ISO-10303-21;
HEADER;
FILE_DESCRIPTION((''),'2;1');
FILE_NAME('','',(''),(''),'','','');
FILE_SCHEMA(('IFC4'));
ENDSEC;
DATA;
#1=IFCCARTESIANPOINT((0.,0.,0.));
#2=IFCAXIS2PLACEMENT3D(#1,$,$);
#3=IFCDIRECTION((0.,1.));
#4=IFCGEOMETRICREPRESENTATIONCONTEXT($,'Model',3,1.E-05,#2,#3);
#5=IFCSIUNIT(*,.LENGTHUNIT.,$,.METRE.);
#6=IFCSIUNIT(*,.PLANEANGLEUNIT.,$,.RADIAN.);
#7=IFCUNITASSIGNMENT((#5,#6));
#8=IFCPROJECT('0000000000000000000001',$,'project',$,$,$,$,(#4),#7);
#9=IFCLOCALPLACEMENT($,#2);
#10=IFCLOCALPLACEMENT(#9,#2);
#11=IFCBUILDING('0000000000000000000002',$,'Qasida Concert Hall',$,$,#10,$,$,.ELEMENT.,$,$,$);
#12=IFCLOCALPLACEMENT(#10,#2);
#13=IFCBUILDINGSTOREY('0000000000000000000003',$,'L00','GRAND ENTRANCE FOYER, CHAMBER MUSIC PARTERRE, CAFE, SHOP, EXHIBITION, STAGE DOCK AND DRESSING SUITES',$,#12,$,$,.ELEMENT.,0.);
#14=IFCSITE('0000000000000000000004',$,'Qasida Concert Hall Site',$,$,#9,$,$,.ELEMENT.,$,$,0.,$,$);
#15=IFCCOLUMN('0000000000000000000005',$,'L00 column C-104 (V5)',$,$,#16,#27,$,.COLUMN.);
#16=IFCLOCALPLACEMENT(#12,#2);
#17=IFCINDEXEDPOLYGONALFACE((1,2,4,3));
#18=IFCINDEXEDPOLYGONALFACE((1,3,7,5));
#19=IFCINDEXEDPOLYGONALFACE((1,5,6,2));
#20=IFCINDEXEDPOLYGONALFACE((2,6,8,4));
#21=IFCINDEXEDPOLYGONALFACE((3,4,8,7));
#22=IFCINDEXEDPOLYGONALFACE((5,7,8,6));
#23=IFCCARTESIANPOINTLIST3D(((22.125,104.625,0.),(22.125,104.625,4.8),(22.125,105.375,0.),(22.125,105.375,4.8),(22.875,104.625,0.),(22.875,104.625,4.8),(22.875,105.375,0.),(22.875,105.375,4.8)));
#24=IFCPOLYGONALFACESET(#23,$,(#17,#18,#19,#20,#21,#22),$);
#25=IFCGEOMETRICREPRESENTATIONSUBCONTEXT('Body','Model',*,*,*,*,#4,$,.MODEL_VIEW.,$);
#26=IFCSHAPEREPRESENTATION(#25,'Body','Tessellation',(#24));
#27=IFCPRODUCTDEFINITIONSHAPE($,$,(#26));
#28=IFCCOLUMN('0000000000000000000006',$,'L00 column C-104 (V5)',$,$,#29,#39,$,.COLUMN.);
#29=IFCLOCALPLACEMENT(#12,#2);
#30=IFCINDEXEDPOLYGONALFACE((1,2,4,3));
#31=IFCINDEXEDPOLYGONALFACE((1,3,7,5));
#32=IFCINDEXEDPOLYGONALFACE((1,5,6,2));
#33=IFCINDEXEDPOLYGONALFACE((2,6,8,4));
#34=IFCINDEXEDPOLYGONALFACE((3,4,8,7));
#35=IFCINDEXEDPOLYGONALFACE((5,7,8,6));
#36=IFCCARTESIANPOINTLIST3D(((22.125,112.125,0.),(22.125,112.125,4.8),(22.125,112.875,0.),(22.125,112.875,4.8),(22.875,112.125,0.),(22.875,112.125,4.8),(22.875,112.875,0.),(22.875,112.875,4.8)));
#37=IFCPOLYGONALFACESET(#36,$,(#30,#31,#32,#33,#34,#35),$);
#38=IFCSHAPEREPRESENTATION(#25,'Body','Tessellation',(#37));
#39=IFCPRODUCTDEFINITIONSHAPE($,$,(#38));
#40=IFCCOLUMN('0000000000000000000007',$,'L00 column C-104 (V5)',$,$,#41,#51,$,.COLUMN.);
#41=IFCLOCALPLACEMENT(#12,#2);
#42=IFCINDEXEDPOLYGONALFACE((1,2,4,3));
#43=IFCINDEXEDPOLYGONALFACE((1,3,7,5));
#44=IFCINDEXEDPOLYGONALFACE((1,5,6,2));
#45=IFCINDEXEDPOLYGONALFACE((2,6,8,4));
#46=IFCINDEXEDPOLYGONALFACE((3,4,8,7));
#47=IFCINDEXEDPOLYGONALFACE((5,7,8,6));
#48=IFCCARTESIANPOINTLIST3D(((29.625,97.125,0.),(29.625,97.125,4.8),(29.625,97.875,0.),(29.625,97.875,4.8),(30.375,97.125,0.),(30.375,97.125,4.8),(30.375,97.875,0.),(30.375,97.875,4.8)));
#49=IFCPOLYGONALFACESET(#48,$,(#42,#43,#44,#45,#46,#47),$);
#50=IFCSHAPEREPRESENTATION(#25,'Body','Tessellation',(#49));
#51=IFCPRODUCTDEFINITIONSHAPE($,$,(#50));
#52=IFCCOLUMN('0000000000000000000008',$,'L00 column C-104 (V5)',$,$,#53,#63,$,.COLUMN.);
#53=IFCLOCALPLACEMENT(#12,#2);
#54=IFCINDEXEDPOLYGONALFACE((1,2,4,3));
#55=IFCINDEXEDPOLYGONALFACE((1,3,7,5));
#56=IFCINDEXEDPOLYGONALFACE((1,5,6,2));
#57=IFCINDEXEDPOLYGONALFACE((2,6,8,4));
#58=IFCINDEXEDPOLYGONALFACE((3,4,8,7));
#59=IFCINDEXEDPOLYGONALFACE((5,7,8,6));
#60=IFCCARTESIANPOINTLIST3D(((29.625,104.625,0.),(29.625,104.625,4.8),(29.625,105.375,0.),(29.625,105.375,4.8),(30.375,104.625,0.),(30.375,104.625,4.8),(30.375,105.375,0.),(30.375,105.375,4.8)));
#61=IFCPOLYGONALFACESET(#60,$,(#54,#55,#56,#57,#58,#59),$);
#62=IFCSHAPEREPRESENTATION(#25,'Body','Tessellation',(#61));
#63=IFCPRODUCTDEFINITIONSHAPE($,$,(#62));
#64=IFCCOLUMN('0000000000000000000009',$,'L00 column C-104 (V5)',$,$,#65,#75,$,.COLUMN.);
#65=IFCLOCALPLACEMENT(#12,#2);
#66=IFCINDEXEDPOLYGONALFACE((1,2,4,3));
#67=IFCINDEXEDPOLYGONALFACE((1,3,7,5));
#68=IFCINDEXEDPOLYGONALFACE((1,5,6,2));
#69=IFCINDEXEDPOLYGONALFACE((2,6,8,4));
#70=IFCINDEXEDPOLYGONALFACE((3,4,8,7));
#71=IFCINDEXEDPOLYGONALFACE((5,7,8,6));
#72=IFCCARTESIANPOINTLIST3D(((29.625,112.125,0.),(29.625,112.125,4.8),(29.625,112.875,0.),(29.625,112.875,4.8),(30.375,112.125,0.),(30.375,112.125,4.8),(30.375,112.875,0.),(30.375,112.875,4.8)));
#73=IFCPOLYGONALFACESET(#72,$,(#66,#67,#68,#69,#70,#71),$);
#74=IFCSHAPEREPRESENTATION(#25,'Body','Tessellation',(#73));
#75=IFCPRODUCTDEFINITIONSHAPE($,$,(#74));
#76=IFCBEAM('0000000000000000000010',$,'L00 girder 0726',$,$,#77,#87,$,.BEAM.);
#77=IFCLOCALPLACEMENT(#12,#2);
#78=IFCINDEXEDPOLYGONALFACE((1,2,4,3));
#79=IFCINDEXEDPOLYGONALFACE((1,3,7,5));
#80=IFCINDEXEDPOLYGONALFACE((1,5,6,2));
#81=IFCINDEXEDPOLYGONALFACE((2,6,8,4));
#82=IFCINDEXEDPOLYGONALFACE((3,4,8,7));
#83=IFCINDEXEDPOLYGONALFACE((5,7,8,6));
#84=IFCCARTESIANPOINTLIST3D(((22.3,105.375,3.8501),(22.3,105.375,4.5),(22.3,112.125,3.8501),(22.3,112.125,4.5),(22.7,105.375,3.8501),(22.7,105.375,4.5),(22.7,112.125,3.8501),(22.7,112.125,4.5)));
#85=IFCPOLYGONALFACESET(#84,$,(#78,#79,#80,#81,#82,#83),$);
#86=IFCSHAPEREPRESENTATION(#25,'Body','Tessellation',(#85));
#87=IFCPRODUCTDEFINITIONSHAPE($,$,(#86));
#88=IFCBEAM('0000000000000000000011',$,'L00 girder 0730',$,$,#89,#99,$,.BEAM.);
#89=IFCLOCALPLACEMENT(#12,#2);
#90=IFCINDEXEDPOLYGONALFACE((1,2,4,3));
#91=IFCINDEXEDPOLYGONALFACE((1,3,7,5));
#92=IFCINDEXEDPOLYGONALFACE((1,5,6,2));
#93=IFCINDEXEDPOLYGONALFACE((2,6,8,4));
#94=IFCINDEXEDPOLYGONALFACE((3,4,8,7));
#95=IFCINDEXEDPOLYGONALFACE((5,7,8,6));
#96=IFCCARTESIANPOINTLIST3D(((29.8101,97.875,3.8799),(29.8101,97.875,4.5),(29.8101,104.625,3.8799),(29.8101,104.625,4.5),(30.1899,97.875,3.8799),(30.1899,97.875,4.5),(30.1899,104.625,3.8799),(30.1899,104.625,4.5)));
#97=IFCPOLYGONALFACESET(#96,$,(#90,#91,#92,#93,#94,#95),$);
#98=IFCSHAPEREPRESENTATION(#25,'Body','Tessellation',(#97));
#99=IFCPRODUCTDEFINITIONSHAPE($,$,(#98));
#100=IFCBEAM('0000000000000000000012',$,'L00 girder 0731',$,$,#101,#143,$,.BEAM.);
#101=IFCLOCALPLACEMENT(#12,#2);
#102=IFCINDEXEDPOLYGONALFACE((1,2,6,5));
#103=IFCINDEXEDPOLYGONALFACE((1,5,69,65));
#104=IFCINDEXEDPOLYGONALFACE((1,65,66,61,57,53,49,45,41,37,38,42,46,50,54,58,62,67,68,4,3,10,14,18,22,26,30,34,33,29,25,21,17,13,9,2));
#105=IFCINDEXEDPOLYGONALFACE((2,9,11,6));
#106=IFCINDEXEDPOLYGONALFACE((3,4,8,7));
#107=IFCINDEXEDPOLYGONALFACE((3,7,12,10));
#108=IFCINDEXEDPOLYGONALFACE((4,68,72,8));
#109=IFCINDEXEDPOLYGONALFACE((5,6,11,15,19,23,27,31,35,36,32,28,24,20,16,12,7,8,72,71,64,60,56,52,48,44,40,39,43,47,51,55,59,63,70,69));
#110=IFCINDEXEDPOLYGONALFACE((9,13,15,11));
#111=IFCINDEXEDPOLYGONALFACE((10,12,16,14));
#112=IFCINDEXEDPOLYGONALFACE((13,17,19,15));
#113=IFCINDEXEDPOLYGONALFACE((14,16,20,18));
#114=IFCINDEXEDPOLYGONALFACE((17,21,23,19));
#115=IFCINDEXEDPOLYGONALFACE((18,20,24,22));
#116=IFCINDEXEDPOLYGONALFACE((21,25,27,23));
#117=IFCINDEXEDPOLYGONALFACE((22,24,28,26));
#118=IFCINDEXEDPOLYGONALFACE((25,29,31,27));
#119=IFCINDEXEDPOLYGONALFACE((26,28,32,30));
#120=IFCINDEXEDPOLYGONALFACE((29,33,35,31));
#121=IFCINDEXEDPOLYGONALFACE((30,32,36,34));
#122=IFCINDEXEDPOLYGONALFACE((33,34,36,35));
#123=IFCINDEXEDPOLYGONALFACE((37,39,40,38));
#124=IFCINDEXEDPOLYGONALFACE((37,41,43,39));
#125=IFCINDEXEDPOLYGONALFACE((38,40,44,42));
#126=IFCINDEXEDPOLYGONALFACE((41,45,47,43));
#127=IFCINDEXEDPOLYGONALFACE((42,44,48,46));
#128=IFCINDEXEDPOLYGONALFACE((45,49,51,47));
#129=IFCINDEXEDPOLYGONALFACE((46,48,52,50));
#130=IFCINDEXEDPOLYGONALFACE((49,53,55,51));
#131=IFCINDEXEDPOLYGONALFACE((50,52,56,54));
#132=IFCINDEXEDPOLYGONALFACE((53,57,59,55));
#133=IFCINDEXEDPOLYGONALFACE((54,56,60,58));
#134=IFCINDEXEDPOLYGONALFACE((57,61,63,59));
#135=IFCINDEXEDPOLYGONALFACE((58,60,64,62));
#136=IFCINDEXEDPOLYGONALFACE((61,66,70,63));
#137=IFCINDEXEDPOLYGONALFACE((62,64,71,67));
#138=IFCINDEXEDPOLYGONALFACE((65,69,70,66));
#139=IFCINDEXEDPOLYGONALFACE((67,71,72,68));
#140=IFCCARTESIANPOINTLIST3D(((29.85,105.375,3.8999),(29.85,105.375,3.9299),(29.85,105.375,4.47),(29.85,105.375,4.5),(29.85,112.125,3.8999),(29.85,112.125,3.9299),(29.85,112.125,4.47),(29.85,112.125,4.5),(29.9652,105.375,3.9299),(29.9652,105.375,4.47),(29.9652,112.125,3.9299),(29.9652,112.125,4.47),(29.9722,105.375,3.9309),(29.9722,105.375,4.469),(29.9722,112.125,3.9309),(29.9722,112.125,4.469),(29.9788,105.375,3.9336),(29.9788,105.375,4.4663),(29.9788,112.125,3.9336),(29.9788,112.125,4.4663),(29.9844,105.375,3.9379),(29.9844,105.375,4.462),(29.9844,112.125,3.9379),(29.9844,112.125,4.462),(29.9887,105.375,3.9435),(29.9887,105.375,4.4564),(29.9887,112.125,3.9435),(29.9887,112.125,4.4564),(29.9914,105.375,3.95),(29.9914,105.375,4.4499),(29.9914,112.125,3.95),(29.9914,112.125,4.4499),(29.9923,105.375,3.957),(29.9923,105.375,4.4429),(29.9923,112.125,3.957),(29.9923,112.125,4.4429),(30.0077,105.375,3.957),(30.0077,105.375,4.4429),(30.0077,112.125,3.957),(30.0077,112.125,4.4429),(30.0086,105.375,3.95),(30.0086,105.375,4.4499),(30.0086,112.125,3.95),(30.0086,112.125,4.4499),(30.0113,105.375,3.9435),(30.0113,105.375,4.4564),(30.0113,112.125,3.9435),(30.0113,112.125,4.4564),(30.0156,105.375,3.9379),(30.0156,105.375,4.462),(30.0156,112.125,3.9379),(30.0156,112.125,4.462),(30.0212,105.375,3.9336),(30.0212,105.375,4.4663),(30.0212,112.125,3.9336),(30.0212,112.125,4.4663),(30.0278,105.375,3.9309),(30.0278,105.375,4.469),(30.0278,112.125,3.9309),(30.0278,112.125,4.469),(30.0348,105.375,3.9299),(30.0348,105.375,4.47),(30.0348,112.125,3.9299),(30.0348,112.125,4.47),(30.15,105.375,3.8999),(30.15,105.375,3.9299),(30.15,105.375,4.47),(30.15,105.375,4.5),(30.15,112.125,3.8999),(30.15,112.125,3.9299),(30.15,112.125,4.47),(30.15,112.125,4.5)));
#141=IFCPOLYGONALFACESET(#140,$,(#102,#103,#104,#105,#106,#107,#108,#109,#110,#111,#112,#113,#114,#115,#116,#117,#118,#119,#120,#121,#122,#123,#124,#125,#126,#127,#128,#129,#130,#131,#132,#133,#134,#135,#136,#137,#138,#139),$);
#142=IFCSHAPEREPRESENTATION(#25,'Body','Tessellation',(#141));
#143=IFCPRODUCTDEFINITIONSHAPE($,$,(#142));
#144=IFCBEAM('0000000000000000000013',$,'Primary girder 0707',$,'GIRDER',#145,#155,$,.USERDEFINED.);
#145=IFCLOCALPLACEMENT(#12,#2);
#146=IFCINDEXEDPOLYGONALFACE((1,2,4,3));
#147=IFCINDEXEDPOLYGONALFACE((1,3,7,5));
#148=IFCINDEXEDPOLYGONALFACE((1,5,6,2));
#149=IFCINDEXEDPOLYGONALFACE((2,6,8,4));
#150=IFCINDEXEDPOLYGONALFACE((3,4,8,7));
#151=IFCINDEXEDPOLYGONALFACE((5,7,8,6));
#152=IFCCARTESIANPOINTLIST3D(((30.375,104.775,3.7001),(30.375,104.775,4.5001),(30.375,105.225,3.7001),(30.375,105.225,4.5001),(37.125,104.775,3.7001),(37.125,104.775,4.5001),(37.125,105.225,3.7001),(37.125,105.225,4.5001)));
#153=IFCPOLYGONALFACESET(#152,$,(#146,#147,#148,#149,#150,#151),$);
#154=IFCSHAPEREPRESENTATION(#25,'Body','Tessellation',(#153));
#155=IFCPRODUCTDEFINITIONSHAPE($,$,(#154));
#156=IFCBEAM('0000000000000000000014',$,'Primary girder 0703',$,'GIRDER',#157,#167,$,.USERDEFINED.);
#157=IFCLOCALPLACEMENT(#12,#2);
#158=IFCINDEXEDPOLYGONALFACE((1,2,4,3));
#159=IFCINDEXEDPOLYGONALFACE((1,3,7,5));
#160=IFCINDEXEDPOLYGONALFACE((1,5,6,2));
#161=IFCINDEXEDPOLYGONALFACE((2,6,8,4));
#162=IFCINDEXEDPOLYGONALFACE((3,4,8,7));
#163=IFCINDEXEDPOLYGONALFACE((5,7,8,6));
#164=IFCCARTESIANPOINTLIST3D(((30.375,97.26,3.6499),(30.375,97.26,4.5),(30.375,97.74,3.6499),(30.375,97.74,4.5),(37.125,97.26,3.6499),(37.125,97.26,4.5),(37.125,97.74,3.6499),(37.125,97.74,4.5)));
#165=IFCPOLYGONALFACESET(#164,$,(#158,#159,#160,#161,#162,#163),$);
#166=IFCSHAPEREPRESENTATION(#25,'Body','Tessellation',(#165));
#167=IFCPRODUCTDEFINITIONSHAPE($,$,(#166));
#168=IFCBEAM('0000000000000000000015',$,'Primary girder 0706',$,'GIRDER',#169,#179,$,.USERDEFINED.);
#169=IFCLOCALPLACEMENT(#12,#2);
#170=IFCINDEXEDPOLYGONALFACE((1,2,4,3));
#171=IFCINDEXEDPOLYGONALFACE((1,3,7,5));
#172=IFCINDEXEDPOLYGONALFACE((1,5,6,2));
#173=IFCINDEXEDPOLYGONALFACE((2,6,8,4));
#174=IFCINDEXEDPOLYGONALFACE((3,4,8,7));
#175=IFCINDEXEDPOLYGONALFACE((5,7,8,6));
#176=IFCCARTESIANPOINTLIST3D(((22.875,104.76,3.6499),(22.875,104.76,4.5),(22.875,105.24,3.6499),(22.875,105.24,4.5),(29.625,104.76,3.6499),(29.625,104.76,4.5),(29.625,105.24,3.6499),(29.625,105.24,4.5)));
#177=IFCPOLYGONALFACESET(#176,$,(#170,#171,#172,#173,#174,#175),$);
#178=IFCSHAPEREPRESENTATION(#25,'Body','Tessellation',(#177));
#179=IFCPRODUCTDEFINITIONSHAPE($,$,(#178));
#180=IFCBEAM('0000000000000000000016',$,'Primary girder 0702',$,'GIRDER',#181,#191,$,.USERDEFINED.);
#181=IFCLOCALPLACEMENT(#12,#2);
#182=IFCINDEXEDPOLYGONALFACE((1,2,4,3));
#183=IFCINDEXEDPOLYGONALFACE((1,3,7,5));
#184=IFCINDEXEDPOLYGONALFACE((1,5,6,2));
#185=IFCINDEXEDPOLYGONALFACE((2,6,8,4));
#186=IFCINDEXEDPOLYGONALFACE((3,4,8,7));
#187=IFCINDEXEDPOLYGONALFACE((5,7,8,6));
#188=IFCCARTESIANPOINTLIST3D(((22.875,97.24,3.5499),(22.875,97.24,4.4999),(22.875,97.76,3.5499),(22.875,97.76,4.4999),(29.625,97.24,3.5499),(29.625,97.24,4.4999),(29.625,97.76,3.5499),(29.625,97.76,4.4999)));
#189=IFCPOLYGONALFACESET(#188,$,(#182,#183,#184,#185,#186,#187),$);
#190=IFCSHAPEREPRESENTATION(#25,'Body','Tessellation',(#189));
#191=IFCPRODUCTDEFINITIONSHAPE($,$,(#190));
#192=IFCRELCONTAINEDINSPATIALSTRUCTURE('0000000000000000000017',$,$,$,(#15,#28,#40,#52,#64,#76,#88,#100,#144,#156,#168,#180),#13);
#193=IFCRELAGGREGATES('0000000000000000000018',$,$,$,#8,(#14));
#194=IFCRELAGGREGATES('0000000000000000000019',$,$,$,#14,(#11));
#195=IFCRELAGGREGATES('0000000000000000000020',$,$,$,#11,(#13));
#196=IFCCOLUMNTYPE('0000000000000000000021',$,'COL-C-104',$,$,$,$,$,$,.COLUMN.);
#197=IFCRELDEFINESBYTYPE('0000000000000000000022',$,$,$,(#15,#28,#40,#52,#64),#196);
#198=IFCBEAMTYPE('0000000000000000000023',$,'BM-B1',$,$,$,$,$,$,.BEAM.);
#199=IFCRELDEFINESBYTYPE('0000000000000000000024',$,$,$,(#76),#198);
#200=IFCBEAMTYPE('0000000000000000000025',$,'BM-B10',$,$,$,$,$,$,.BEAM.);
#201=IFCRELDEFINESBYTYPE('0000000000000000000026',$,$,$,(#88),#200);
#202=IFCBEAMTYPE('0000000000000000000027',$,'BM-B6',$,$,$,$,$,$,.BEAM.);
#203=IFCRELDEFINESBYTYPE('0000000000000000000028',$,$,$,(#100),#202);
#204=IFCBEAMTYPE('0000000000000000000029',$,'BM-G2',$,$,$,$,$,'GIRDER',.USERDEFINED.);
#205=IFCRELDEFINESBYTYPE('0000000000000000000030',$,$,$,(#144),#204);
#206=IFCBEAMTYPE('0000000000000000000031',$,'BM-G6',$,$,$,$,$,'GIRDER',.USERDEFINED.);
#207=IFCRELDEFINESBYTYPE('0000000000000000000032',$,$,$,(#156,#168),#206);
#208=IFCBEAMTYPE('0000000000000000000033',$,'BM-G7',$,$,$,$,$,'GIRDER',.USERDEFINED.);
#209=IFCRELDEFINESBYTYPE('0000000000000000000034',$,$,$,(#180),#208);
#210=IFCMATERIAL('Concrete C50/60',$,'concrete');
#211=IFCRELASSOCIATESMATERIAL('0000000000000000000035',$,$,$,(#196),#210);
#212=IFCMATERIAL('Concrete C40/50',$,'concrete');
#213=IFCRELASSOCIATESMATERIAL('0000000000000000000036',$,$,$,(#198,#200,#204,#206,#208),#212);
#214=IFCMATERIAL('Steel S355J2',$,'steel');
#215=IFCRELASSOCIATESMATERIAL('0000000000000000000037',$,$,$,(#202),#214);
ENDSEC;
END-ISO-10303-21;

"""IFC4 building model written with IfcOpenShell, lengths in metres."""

from ifc_helpers import new_model, si_unit, direction, frame, origin, origin_2d, place, context, subcontext, project, spatial, rectangle, i_section, extrude, material, material_profile, profile_set, type_object, element, save


model = new_model("IFC4")

# Units and contexts
model_context = context("Model", 3, precision=1e-05, world=origin(), true_north=direction((0.0, 1.0)))
body_context = subcontext(model_context, "Body", "Model", "MODEL_VIEW")
ifc_project = project(units=[si_unit("LENGTHUNIT", "METRE"), si_unit("PLANEANGLEUNIT", "RADIAN")], contexts=[model_context])

# Site, building, storey
site_placement = place(None, origin())
site = spatial("IfcSite", under=ifc_project, at=site_placement, Name="Qasida Concert Hall Site", CompositionType="ELEMENT", RefElevation=0.0)
building_placement = place(site_placement, origin())
building = spatial("IfcBuilding", under=site, at=building_placement, Name="Qasida Concert Hall", CompositionType="ELEMENT")
storey_placement = place(building_placement, origin())
storey = spatial("IfcBuildingStorey", under=building, at=storey_placement, Name="L00", Description="GRAND ENTRANCE FOYER, CHAMBER MUSIC PARTERRE, CAFE, SHOP, EXHIBITION, STAGE DOCK AND DRESSING SUITES", CompositionType="ELEMENT", Elevation=0.0)

# Columns
ifc_material_1 = material(Name="Concrete C50/60", Category="concrete")
ifc_material_profile_1 = material_profile(ifc_material_1, rectangle(XDim=0.75, YDim=0.75, at=origin_2d()), Name="RC 750x750")
ifc_profile_set_1 = profile_set([ifc_material_profile_1], Name="Concrete C50/60")
column_type = type_object("IfcColumnType", Name="COL-C-104", PredefinedType="COLUMN", material=ifc_profile_set_1)
for number, where, z_axis, x_axis, name in (
    (1, (22.5, 105.0, 0.0), (0.0, 0.0, 1.0), (1.0, 0.0, 0.0), "L00 column C-104 (V5)"),
    (2, (22.5, 112.5, 0.0), (0.0, 0.0, 1.0), (1.0, 0.0, 0.0), "L00 column C-104 (V5)"),
    (3, (30.0, 97.5, 0.0), (0.0, 0.0, 1.0), (1.0, 0.0, 0.0), "L00 column C-104 (V5)"),
    (4, (30.0, 105.0, 0.0), (0.0, 0.0, 1.0), (1.0, 0.0, 0.0), "L00 column C-104 (V5)"),
    (5, (30.0, 112.5, 0.0), (0.0, 0.0, 1.0), (1.0, 0.0, 0.0), "L00 column C-104 (V5)"),
):
    element("IfcColumn", number, at=place(storey_placement, frame(where, z_axis=z_axis, x_axis=x_axis)), inside=storey, type_object=column_type, Name=name, PredefinedType="COLUMN", context=body_context, shape_type="SweptSolid", body=[
        extrude(rectangle(XDim=0.75, YDim=0.75, at=origin_2d()), origin(), (0.0, 0.0, 1.0), 4.8),
    ])

# Beams
ifc_material_2 = material(Name="Concrete C40/50", Category="concrete")
ifc_material_profile_2 = material_profile(ifc_material_2, rectangle(XDim=0.3999, YDim=0.6499, at=origin_2d()), Name="RC 400x650")
ifc_profile_set_2 = profile_set([ifc_material_profile_2], Name="Concrete C40/50")
beam_type_1 = type_object("IfcBeamType", Name="BM-B1", PredefinedType="BEAM", material=ifc_profile_set_2)
beam_1_placement = place(storey_placement, frame((22.5, 105.375, 4.175), z_axis=(0.0, 1.0, 0.0), x_axis=(-1.0, 0.0, 0.0)))
element("IfcBeam", 6, at=beam_1_placement, inside=storey, type_object=beam_type_1, Name="L00 girder 0726", PredefinedType="BEAM", context=body_context, shape_type="SweptSolid", body=[
    extrude(rectangle(XDim=0.3999, YDim=0.6499, at=origin_2d()), origin(), (0.0, 0.0, 1.0), 6.75),
])
ifc_material_profile_3 = material_profile(ifc_material_2, rectangle(XDim=0.3799, YDim=0.6201, at=origin_2d()), Name="RC 380x620")
ifc_profile_set_3 = profile_set([ifc_material_profile_3], Name="Concrete C40/50")
beam_type_2 = type_object("IfcBeamType", Name="BM-B10", PredefinedType="BEAM", material=ifc_profile_set_3)
beam_2_placement = place(storey_placement, frame((30.0, 97.875, 4.1899), z_axis=(0.0, 1.0, 0.0), x_axis=(-1.0, 0.0, 0.0)))
element("IfcBeam", 7, at=beam_2_placement, inside=storey, type_object=beam_type_2, Name="L00 girder 0730", PredefinedType="BEAM", context=body_context, shape_type="SweptSolid", body=[
    extrude(rectangle(XDim=0.3799, YDim=0.6201, at=origin_2d()), origin(), (0.0, 0.0, 1.0), 6.75),
])
ifc_material_3 = material(Name="Steel S355J2", Category="steel")
ifc_material_profile_4 = material_profile(ifc_material_3, i_section(OverallWidth=0.3, OverallDepth=0.6001, WebThickness=0.0154, FlangeThickness=0.03, FilletRadius=0.0271, at=origin_2d()), Name="HEB 600")
ifc_profile_set_4 = profile_set([ifc_material_profile_4], Name="Steel S355J2")
beam_type_3 = type_object("IfcBeamType", Name="BM-B6", PredefinedType="BEAM", material=ifc_profile_set_4)
beam_3_placement = place(storey_placement, frame((30.0, 105.375, 4.2), z_axis=(0.0, 1.0, 0.0), x_axis=(-1.0, 0.0, 0.0)))
element("IfcBeam", 8, at=beam_3_placement, inside=storey, type_object=beam_type_3, Name="L00 girder 0731", PredefinedType="BEAM", context=body_context, shape_type="SweptSolid", body=[
    extrude(i_section(OverallWidth=0.3, OverallDepth=0.6001, WebThickness=0.0154, FlangeThickness=0.03, FilletRadius=0.0271, at=origin_2d()), origin(), (0.0, 0.0, 1.0), 6.75),
])
ifc_material_profile_5 = material_profile(ifc_material_2, rectangle(XDim=0.45, YDim=0.8, at=origin_2d()), Name="RC 450x800")
ifc_profile_set_5 = profile_set([ifc_material_profile_5], Name="Concrete C40/50")
beam_type_4 = type_object("IfcBeamType", Name="BM-G2", ElementType="GIRDER", PredefinedType="USERDEFINED", material=ifc_profile_set_5)
beam_4_placement = place(storey_placement, frame((30.375, 105.0, 4.1001), z_axis=(1.0, 0.0, 0.0), x_axis=(0.0, 1.0, 0.0)))
element("IfcBeam", 9, at=beam_4_placement, inside=storey, type_object=beam_type_4, Name="Primary girder 0707", ObjectType="GIRDER", PredefinedType="USERDEFINED", context=body_context, shape_type="SweptSolid", body=[
    extrude(rectangle(XDim=0.45, YDim=0.8, at=origin_2d()), origin(), (0.0, 0.0, 1.0), 6.75),
])
ifc_material_profile_6 = material_profile(ifc_material_2, rectangle(XDim=0.48, YDim=0.8501, at=origin_2d()), Name="RC 480x850")
ifc_profile_set_6 = profile_set([ifc_material_profile_6], Name="Concrete C40/50")
beam_type_5 = type_object("IfcBeamType", Name="BM-G6", ElementType="GIRDER", PredefinedType="USERDEFINED", material=ifc_profile_set_6)
for number, where, z_axis, x_axis, name in (
    (10, (30.375, 97.5, 4.075), (1.0, 0.0, 0.0), (0.0, 1.0, 0.0), "Primary girder 0703"),
    (11, (22.875, 105.0, 4.075), (1.0, 0.0, 0.0), (0.0, 1.0, 0.0), "Primary girder 0706"),
):
    element("IfcBeam", number, at=place(storey_placement, frame(where, z_axis=z_axis, x_axis=x_axis)), inside=storey, type_object=beam_type_5, Name=name, ObjectType="GIRDER", PredefinedType="USERDEFINED", context=body_context, shape_type="SweptSolid", body=[
        extrude(rectangle(XDim=0.48, YDim=0.8501, at=origin_2d()), origin(), (0.0, 0.0, 1.0), 6.75),
    ])
ifc_material_profile_7 = material_profile(ifc_material_2, rectangle(XDim=0.52, YDim=0.95, at=origin_2d()), Name="RC 520x950")
ifc_profile_set_7 = profile_set([ifc_material_profile_7], Name="Concrete C40/50")
beam_type_6 = type_object("IfcBeamType", Name="BM-G7", ElementType="GIRDER", PredefinedType="USERDEFINED", material=ifc_profile_set_7)
beam_5_placement = place(storey_placement, frame((22.875, 97.5, 4.0249), z_axis=(1.0, 0.0, 0.0), x_axis=(0.0, 1.0, 0.0)))
element("IfcBeam", 12, at=beam_5_placement, inside=storey, type_object=beam_type_6, Name="Primary girder 0702", ObjectType="GIRDER", PredefinedType="USERDEFINED", context=body_context, shape_type="SweptSolid", body=[
    extrude(rectangle(XDim=0.52, YDim=0.95, at=origin_2d()), origin(), (0.0, 0.0, 1.0), 6.75),
])

save(model, "model.ifc")
